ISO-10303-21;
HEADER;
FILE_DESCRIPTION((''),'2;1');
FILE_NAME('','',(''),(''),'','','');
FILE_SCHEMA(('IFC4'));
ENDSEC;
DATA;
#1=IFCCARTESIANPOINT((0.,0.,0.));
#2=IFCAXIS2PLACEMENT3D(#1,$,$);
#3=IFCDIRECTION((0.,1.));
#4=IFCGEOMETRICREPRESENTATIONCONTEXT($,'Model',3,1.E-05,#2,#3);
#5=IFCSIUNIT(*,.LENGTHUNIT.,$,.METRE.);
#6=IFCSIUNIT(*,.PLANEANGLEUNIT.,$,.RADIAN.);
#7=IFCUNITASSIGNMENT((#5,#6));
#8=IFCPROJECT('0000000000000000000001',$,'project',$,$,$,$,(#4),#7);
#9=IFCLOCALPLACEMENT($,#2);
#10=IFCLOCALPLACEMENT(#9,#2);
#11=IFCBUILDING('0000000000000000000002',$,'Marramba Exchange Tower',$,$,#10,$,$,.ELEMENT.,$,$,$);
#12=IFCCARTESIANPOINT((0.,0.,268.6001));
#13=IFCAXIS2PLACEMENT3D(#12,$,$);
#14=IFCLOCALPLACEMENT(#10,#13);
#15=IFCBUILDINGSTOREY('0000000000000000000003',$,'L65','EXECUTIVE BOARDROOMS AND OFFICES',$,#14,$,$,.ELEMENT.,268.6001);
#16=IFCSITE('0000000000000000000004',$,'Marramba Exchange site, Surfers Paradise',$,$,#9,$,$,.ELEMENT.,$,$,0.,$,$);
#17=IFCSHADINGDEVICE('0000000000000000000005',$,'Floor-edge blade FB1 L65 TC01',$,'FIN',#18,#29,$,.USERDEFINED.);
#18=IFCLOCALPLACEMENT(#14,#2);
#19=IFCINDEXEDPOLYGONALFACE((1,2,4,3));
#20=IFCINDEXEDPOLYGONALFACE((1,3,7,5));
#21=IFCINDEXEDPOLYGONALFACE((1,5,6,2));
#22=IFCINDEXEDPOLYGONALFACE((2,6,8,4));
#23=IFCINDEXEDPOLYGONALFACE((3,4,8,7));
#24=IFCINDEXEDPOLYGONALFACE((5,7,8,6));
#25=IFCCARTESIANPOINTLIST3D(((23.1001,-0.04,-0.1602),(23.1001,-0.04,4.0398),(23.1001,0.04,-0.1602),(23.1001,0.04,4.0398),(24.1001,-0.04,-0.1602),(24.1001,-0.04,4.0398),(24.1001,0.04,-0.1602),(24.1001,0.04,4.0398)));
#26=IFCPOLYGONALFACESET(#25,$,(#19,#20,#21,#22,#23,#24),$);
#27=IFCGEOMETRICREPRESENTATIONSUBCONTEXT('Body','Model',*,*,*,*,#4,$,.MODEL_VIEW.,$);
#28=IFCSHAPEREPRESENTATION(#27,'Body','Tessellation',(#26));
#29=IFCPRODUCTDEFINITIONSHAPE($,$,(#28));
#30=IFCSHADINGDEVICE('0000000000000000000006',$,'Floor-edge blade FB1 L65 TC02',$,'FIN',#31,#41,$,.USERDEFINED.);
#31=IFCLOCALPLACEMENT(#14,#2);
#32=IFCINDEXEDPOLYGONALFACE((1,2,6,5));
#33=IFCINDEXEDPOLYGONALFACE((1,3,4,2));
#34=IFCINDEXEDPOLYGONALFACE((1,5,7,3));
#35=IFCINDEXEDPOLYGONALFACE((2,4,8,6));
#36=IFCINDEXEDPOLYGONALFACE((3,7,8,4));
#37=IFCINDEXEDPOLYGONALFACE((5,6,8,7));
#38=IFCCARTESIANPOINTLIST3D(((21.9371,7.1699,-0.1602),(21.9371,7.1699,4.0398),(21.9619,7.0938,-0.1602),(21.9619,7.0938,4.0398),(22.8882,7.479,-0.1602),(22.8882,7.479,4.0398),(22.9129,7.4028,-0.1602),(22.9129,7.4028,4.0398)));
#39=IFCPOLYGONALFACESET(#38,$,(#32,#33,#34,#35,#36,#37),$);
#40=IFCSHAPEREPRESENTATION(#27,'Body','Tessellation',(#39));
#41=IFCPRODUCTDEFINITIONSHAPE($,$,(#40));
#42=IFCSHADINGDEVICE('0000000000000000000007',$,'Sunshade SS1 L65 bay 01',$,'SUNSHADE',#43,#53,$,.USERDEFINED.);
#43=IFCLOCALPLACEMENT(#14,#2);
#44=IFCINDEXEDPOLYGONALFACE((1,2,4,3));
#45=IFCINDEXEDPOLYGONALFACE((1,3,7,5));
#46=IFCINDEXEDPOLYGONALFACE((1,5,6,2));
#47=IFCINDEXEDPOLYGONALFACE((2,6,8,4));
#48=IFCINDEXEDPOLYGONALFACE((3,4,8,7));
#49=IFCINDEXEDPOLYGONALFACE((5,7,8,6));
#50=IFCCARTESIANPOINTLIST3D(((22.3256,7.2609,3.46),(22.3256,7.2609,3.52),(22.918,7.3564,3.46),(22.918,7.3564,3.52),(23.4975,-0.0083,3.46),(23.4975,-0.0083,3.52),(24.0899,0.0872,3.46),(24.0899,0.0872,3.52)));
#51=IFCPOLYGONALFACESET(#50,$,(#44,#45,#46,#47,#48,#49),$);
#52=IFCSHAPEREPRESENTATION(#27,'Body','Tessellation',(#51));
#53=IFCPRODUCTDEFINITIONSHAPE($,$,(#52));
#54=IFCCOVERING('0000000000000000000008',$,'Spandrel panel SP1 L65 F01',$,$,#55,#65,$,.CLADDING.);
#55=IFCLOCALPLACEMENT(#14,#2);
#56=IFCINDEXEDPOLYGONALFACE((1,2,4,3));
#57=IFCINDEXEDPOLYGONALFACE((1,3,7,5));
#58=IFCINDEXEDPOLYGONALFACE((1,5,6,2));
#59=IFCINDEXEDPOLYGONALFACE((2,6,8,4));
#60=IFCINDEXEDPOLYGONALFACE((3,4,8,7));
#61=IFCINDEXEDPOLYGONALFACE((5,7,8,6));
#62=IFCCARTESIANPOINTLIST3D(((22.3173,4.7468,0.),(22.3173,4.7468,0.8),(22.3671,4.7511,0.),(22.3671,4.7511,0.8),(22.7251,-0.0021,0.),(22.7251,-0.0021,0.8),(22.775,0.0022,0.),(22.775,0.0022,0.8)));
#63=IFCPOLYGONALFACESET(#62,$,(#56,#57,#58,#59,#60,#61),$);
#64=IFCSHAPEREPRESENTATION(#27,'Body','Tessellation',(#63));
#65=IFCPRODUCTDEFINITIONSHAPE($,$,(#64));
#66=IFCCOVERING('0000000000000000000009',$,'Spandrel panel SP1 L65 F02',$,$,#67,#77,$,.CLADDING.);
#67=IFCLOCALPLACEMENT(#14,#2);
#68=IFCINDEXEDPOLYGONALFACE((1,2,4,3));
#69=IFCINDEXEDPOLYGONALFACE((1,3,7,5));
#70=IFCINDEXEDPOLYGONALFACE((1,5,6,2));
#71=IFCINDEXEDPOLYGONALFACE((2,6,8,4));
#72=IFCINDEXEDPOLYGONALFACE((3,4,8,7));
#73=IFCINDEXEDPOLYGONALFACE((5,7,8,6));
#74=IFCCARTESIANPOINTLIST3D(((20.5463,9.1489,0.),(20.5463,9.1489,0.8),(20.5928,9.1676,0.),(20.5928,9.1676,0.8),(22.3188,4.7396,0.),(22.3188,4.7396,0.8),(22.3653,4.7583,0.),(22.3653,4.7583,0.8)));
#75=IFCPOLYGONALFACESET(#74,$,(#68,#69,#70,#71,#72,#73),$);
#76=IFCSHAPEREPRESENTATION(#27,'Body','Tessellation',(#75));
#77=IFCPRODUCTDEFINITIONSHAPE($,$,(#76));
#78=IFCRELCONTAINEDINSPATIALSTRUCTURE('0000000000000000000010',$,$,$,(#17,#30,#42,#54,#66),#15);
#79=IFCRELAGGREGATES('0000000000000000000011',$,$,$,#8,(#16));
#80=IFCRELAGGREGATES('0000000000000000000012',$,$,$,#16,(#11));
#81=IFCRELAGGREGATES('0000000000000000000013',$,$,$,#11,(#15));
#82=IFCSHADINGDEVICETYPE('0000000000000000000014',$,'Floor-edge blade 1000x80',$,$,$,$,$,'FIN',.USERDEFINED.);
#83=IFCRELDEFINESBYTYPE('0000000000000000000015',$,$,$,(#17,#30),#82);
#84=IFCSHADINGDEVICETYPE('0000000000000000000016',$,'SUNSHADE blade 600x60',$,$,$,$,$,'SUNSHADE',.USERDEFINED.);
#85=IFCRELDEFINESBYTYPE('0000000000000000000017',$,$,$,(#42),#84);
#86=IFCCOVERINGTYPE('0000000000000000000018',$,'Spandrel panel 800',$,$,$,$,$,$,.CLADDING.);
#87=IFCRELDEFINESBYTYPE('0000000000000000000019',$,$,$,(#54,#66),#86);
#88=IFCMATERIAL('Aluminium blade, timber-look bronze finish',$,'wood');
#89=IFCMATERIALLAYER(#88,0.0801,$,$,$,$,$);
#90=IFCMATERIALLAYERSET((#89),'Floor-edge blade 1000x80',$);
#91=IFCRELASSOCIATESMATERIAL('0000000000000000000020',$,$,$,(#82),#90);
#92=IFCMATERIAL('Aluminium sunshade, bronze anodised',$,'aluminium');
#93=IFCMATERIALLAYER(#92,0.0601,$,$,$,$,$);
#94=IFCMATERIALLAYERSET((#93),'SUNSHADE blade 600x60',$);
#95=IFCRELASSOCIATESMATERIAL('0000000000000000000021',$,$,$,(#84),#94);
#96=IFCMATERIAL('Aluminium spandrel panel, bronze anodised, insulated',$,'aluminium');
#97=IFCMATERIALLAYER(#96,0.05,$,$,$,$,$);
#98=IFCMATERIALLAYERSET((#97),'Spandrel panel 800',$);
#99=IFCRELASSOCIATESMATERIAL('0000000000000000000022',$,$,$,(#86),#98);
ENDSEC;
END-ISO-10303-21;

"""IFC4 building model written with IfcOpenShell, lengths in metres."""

from ifc_helpers import new_model, si_unit, direction, frame, origin, origin_2d, place, context, subcontext, project, spatial, rectangle, extrude, material, layer, layer_set, type_object, element, save


model = new_model("IFC4")

# Units and contexts
model_context = context("Model", 3, precision=1e-05, world=origin(), true_north=direction((0.0, 1.0)))
body_context = subcontext(model_context, "Body", "Model", "MODEL_VIEW")
ifc_project = project(units=[si_unit("LENGTHUNIT", "METRE"), si_unit("PLANEANGLEUNIT", "RADIAN")], contexts=[model_context])

# Site, building, storey
site_placement = place(None, origin())
site = spatial("IfcSite", under=ifc_project, at=site_placement, Name="Marramba Exchange site, Surfers Paradise", CompositionType="ELEMENT", RefElevation=0.0)
building_placement = place(site_placement, origin())
building = spatial("IfcBuilding", under=site, at=building_placement, Name="Marramba Exchange Tower", CompositionType="ELEMENT")
storey_placement = place(building_placement, frame((0.0, 0.0, 268.6001)))
storey = spatial("IfcBuildingStorey", under=building, at=storey_placement, Name="L65", Description="EXECUTIVE BOARDROOMS AND OFFICES", CompositionType="ELEMENT", Elevation=268.6001)

# Shading devices
ifc_material_1 = material(Name="Aluminium blade, timber-look bronze finish", Category="wood")
ifc_layer_1 = layer(ifc_material_1, 0.0801)
ifc_layer_set_1 = layer_set([ifc_layer_1], Name="Floor-edge blade 1000x80")
shading_device_type_1 = type_object("IfcShadingDeviceType", Name="Floor-edge blade 1000x80", ElementType="FIN", PredefinedType="USERDEFINED", material=ifc_layer_set_1)
for number, where, z_axis, x_axis, name in (
    (1, (23.6001, 0.0, -0.1602), (0.0, 0.0, 1.0), (1.0, 0.0, 0.0), "Floor-edge blade FB1 L65 TC01"),
    (2, (22.425, 7.2864, -0.1602), (0.0, 0.0, 1.0), (0.951057, 0.309017, 0.0), "Floor-edge blade FB1 L65 TC02"),
):
    element("IfcShadingDevice", number, at=place(storey_placement, frame(where, z_axis=z_axis, x_axis=x_axis)), inside=storey, type_object=shading_device_type_1, Name=name, ObjectType="FIN", PredefinedType="USERDEFINED", context=body_context, shape_type="SweptSolid", body=[
        extrude(rectangle(XDim=1.0, YDim=0.0801, at=origin_2d()), origin(), (0.0, 0.0, 1.0), 4.2),
    ])
ifc_material_2 = material(Name="Aluminium sunshade, bronze anodised", Category="aluminium")
ifc_layer_2 = layer(ifc_material_2, 0.0601)
ifc_layer_set_2 = layer_set([ifc_layer_2], Name="SUNSHADE blade 600x60")
shading_device_type_2 = type_object("IfcShadingDeviceType", Name="SUNSHADE blade 600x60", ElementType="SUNSHADE", PredefinedType="USERDEFINED", material=ifc_layer_set_2)
shading_device_placement = place(storey_placement, frame((23.2078, 3.6741, 3.46), z_axis=(0.0, 0.0, 1.0), x_axis=(-0.159158, 0.987253, 0.0)))
element("IfcShadingDevice", 3, at=shading_device_placement, inside=storey, type_object=shading_device_type_2, Name="Sunshade SS1 L65 bay 01", ObjectType="SUNSHADE", PredefinedType="USERDEFINED", context=body_context, shape_type="SweptSolid", body=[
    extrude(rectangle(XDim=7.363, YDim=0.6001, at=origin_2d()), origin(), (0.0, 0.0, 1.0), 0.0601),
])

# Coverings
ifc_material_3 = material(Name="Aluminium spandrel panel, bronze anodised, insulated", Category="aluminium")
ifc_layer_3 = layer(ifc_material_3, 0.05)
ifc_layer_set_3 = layer_set([ifc_layer_3], Name="Spandrel panel 800")
covering_type = type_object("IfcCoveringType", Name="Spandrel panel 800", PredefinedType="CLADDING", material=ifc_layer_set_3)
covering_1_placement = place(storey_placement, frame((22.5461, 2.3745, 0.0), z_axis=(0.0, 0.0, 1.0), x_axis=(-0.085574, 0.996332, 0.0)))
element("IfcCovering", 4, at=covering_1_placement, inside=storey, type_object=covering_type, Name="Spandrel panel SP1 L65 F01", PredefinedType="CLADDING", context=body_context, shape_type="SweptSolid", body=[
    extrude(rectangle(XDim=4.7664, YDim=0.05, at=origin_2d()), origin(), (0.0, 0.0, 1.0), 0.8),
])
covering_2_placement = place(storey_placement, frame((21.4558, 6.9536, 0.0), z_axis=(0.0, 0.0, 1.0), x_axis=(-0.372983, 0.927838, 0.0)))
element("IfcCovering", 5, at=covering_2_placement, inside=storey, type_object=covering_type, Name="Spandrel panel SP1 L65 F02", PredefinedType="CLADDING", context=body_context, shape_type="SweptSolid", body=[
    extrude(rectangle(XDim=4.7522, YDim=0.05, at=origin_2d()), origin(), (0.0, 0.0, 1.0), 0.8),
])

save(model, "model.ifc")
